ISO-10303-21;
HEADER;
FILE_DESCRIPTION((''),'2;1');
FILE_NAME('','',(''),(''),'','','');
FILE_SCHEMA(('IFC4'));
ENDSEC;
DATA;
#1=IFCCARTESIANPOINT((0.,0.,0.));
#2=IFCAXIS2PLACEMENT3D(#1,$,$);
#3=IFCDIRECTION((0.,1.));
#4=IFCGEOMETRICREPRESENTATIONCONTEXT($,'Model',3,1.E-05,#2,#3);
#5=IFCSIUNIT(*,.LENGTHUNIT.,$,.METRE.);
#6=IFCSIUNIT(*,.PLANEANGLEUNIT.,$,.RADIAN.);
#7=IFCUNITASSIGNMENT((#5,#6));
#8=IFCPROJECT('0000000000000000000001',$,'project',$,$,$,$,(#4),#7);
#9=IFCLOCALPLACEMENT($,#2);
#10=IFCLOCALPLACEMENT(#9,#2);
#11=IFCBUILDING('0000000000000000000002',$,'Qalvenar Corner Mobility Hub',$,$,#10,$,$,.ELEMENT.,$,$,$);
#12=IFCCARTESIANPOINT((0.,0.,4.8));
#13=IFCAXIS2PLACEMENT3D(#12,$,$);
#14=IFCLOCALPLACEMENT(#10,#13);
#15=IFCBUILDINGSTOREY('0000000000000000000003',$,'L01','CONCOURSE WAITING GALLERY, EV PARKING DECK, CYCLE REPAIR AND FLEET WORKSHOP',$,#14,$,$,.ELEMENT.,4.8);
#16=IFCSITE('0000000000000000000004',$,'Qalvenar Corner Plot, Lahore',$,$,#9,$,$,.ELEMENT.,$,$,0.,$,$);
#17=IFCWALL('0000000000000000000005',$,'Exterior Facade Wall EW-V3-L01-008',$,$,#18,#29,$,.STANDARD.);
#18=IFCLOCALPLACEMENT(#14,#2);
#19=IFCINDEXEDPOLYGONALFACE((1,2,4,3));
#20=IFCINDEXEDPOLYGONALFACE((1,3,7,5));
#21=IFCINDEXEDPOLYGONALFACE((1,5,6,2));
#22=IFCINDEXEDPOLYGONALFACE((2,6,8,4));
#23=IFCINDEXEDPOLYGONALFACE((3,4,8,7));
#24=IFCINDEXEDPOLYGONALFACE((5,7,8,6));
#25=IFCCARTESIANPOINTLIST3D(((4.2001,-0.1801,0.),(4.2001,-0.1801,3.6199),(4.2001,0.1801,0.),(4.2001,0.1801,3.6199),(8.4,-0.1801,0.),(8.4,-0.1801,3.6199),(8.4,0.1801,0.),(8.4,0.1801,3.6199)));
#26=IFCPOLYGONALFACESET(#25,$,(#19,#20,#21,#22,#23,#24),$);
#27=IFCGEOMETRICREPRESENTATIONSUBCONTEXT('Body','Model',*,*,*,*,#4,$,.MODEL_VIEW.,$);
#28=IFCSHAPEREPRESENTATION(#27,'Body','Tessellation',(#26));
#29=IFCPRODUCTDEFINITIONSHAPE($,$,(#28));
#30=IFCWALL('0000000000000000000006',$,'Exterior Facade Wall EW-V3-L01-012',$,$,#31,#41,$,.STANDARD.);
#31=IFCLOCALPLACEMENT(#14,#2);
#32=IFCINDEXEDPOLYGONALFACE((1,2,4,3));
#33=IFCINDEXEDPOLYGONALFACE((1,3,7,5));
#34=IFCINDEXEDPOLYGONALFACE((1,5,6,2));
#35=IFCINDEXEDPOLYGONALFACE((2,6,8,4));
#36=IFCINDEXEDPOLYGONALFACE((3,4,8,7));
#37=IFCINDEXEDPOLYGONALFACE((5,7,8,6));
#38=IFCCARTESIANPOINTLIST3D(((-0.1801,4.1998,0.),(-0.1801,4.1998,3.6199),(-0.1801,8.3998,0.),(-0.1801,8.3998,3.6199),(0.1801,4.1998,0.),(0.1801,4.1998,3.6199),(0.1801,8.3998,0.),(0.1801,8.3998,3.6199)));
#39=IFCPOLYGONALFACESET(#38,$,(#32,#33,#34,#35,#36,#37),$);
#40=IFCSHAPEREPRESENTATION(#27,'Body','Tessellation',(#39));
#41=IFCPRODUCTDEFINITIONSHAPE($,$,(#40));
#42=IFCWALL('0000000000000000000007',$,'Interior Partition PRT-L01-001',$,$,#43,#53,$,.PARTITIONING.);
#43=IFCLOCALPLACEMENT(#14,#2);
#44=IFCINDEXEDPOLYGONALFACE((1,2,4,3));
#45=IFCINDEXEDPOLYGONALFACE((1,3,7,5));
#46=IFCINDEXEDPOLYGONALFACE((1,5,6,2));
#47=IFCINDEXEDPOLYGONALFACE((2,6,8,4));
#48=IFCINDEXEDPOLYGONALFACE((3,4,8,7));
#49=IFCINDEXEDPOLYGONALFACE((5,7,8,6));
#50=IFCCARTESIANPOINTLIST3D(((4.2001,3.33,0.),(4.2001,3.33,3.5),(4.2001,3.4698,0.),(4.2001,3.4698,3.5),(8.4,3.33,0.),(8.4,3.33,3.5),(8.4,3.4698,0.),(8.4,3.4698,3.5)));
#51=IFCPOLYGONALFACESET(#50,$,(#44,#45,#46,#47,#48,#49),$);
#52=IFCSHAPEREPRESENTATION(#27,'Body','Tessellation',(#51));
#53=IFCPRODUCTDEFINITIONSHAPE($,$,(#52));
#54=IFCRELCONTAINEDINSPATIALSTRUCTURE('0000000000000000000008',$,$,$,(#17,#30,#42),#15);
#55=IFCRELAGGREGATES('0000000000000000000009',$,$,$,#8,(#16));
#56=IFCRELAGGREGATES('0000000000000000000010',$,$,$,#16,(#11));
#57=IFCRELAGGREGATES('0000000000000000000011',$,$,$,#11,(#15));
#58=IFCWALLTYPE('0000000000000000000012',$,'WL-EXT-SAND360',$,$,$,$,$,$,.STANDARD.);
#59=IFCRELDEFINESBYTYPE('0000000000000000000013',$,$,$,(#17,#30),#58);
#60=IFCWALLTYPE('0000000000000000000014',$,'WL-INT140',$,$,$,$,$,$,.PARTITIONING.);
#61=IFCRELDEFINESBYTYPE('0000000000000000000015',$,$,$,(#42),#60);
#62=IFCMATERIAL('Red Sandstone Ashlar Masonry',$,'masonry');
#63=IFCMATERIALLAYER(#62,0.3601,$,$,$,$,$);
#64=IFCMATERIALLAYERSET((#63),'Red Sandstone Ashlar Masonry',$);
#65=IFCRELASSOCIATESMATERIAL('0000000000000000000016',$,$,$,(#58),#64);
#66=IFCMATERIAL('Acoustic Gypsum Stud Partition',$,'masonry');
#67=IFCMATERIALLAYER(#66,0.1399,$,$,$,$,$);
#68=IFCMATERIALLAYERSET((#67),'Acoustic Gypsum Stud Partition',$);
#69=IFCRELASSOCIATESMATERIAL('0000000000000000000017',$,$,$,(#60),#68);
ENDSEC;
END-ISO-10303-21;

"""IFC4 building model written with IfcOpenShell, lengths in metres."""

from ifc_helpers import new_model, si_unit, direction, frame, frame_2d, origin, place, context, subcontext, project, spatial, rectangle, extrude, material, layer, layer_set, type_object, element, save


model = new_model("IFC4")

# Units and contexts
model_context = context("Model", 3, precision=1e-05, world=origin(), true_north=direction((0.0, 1.0)))
body_context = subcontext(model_context, "Body", "Model", "MODEL_VIEW")
ifc_project = project(units=[si_unit("LENGTHUNIT", "METRE"), si_unit("PLANEANGLEUNIT", "RADIAN")], contexts=[model_context])

# Site, building, storey
site_placement = place(None, origin())
site = spatial("IfcSite", under=ifc_project, at=site_placement, Name="Qalvenar Corner Plot, Lahore", CompositionType="ELEMENT", RefElevation=0.0)
building_placement = place(site_placement, origin())
building = spatial("IfcBuilding", under=site, at=building_placement, Name="Qalvenar Corner Mobility Hub", CompositionType="ELEMENT")
storey_placement = place(building_placement, frame((0.0, 0.0, 4.8)))
storey = spatial("IfcBuildingStorey", under=building, at=storey_placement, Name="L01", Description="CONCOURSE WAITING GALLERY, EV PARKING DECK, CYCLE REPAIR AND FLEET WORKSHOP", CompositionType="ELEMENT", Elevation=4.8)

# Walls
ifc_material_1 = material(Name="Red Sandstone Ashlar Masonry", Category="masonry")
ifc_layer_1 = layer(ifc_material_1, 0.3601)
ifc_layer_set_1 = layer_set([ifc_layer_1], Name="Red Sandstone Ashlar Masonry")
wall_type_1 = type_object("IfcWallType", Name="WL-EXT-SAND360", PredefinedType="STANDARD", material=ifc_layer_set_1)
for number, where, z_axis, x_axis, name in (
    (1, (4.2, 0.0, 0.0), (0.0, 0.0, 1.0), (1.0, 0.0, 0.0), "Exterior Facade Wall EW-V3-L01-008"),
    (2, (0.0, 8.3999, 0.0), (0.0, 0.0, 1.0), (0.0, -1.0, 0.0), "Exterior Facade Wall EW-V3-L01-012"),
):
    element("IfcWall", number, at=place(storey_placement, frame(where, z_axis=z_axis, x_axis=x_axis)), inside=storey, type_object=wall_type_1, Name=name, PredefinedType="STANDARD", context=body_context, shape_type="SweptSolid", body=[
        extrude(rectangle(XDim=4.2, YDim=0.3601, at=frame_2d((2.1001, 0.0))), origin(), (0.0, 0.0, 1.0), 3.6199),
    ])
ifc_material_2 = material(Name="Acoustic Gypsum Stud Partition", Category="masonry")
ifc_layer_2 = layer(ifc_material_2, 0.1399)
ifc_layer_set_2 = layer_set([ifc_layer_2], Name="Acoustic Gypsum Stud Partition")
wall_type_2 = type_object("IfcWallType", Name="WL-INT140", PredefinedType="PARTITIONING", material=ifc_layer_set_2)
wall_1_placement = place(storey_placement, frame((4.2, 3.3999, 0.0), z_axis=(0.0, 0.0, 1.0), x_axis=(1.0, 0.0, 0.0)))
element("IfcWall", 3, at=wall_1_placement, inside=storey, type_object=wall_type_2, Name="Interior Partition PRT-L01-001", PredefinedType="PARTITIONING", context=body_context, shape_type="SweptSolid", body=[
    extrude(rectangle(XDim=4.2, YDim=0.1399, at=frame_2d((2.1001, 0.0))), origin(), (0.0, 0.0, 1.0), 3.5),
])

save(model, "model.ifc")
